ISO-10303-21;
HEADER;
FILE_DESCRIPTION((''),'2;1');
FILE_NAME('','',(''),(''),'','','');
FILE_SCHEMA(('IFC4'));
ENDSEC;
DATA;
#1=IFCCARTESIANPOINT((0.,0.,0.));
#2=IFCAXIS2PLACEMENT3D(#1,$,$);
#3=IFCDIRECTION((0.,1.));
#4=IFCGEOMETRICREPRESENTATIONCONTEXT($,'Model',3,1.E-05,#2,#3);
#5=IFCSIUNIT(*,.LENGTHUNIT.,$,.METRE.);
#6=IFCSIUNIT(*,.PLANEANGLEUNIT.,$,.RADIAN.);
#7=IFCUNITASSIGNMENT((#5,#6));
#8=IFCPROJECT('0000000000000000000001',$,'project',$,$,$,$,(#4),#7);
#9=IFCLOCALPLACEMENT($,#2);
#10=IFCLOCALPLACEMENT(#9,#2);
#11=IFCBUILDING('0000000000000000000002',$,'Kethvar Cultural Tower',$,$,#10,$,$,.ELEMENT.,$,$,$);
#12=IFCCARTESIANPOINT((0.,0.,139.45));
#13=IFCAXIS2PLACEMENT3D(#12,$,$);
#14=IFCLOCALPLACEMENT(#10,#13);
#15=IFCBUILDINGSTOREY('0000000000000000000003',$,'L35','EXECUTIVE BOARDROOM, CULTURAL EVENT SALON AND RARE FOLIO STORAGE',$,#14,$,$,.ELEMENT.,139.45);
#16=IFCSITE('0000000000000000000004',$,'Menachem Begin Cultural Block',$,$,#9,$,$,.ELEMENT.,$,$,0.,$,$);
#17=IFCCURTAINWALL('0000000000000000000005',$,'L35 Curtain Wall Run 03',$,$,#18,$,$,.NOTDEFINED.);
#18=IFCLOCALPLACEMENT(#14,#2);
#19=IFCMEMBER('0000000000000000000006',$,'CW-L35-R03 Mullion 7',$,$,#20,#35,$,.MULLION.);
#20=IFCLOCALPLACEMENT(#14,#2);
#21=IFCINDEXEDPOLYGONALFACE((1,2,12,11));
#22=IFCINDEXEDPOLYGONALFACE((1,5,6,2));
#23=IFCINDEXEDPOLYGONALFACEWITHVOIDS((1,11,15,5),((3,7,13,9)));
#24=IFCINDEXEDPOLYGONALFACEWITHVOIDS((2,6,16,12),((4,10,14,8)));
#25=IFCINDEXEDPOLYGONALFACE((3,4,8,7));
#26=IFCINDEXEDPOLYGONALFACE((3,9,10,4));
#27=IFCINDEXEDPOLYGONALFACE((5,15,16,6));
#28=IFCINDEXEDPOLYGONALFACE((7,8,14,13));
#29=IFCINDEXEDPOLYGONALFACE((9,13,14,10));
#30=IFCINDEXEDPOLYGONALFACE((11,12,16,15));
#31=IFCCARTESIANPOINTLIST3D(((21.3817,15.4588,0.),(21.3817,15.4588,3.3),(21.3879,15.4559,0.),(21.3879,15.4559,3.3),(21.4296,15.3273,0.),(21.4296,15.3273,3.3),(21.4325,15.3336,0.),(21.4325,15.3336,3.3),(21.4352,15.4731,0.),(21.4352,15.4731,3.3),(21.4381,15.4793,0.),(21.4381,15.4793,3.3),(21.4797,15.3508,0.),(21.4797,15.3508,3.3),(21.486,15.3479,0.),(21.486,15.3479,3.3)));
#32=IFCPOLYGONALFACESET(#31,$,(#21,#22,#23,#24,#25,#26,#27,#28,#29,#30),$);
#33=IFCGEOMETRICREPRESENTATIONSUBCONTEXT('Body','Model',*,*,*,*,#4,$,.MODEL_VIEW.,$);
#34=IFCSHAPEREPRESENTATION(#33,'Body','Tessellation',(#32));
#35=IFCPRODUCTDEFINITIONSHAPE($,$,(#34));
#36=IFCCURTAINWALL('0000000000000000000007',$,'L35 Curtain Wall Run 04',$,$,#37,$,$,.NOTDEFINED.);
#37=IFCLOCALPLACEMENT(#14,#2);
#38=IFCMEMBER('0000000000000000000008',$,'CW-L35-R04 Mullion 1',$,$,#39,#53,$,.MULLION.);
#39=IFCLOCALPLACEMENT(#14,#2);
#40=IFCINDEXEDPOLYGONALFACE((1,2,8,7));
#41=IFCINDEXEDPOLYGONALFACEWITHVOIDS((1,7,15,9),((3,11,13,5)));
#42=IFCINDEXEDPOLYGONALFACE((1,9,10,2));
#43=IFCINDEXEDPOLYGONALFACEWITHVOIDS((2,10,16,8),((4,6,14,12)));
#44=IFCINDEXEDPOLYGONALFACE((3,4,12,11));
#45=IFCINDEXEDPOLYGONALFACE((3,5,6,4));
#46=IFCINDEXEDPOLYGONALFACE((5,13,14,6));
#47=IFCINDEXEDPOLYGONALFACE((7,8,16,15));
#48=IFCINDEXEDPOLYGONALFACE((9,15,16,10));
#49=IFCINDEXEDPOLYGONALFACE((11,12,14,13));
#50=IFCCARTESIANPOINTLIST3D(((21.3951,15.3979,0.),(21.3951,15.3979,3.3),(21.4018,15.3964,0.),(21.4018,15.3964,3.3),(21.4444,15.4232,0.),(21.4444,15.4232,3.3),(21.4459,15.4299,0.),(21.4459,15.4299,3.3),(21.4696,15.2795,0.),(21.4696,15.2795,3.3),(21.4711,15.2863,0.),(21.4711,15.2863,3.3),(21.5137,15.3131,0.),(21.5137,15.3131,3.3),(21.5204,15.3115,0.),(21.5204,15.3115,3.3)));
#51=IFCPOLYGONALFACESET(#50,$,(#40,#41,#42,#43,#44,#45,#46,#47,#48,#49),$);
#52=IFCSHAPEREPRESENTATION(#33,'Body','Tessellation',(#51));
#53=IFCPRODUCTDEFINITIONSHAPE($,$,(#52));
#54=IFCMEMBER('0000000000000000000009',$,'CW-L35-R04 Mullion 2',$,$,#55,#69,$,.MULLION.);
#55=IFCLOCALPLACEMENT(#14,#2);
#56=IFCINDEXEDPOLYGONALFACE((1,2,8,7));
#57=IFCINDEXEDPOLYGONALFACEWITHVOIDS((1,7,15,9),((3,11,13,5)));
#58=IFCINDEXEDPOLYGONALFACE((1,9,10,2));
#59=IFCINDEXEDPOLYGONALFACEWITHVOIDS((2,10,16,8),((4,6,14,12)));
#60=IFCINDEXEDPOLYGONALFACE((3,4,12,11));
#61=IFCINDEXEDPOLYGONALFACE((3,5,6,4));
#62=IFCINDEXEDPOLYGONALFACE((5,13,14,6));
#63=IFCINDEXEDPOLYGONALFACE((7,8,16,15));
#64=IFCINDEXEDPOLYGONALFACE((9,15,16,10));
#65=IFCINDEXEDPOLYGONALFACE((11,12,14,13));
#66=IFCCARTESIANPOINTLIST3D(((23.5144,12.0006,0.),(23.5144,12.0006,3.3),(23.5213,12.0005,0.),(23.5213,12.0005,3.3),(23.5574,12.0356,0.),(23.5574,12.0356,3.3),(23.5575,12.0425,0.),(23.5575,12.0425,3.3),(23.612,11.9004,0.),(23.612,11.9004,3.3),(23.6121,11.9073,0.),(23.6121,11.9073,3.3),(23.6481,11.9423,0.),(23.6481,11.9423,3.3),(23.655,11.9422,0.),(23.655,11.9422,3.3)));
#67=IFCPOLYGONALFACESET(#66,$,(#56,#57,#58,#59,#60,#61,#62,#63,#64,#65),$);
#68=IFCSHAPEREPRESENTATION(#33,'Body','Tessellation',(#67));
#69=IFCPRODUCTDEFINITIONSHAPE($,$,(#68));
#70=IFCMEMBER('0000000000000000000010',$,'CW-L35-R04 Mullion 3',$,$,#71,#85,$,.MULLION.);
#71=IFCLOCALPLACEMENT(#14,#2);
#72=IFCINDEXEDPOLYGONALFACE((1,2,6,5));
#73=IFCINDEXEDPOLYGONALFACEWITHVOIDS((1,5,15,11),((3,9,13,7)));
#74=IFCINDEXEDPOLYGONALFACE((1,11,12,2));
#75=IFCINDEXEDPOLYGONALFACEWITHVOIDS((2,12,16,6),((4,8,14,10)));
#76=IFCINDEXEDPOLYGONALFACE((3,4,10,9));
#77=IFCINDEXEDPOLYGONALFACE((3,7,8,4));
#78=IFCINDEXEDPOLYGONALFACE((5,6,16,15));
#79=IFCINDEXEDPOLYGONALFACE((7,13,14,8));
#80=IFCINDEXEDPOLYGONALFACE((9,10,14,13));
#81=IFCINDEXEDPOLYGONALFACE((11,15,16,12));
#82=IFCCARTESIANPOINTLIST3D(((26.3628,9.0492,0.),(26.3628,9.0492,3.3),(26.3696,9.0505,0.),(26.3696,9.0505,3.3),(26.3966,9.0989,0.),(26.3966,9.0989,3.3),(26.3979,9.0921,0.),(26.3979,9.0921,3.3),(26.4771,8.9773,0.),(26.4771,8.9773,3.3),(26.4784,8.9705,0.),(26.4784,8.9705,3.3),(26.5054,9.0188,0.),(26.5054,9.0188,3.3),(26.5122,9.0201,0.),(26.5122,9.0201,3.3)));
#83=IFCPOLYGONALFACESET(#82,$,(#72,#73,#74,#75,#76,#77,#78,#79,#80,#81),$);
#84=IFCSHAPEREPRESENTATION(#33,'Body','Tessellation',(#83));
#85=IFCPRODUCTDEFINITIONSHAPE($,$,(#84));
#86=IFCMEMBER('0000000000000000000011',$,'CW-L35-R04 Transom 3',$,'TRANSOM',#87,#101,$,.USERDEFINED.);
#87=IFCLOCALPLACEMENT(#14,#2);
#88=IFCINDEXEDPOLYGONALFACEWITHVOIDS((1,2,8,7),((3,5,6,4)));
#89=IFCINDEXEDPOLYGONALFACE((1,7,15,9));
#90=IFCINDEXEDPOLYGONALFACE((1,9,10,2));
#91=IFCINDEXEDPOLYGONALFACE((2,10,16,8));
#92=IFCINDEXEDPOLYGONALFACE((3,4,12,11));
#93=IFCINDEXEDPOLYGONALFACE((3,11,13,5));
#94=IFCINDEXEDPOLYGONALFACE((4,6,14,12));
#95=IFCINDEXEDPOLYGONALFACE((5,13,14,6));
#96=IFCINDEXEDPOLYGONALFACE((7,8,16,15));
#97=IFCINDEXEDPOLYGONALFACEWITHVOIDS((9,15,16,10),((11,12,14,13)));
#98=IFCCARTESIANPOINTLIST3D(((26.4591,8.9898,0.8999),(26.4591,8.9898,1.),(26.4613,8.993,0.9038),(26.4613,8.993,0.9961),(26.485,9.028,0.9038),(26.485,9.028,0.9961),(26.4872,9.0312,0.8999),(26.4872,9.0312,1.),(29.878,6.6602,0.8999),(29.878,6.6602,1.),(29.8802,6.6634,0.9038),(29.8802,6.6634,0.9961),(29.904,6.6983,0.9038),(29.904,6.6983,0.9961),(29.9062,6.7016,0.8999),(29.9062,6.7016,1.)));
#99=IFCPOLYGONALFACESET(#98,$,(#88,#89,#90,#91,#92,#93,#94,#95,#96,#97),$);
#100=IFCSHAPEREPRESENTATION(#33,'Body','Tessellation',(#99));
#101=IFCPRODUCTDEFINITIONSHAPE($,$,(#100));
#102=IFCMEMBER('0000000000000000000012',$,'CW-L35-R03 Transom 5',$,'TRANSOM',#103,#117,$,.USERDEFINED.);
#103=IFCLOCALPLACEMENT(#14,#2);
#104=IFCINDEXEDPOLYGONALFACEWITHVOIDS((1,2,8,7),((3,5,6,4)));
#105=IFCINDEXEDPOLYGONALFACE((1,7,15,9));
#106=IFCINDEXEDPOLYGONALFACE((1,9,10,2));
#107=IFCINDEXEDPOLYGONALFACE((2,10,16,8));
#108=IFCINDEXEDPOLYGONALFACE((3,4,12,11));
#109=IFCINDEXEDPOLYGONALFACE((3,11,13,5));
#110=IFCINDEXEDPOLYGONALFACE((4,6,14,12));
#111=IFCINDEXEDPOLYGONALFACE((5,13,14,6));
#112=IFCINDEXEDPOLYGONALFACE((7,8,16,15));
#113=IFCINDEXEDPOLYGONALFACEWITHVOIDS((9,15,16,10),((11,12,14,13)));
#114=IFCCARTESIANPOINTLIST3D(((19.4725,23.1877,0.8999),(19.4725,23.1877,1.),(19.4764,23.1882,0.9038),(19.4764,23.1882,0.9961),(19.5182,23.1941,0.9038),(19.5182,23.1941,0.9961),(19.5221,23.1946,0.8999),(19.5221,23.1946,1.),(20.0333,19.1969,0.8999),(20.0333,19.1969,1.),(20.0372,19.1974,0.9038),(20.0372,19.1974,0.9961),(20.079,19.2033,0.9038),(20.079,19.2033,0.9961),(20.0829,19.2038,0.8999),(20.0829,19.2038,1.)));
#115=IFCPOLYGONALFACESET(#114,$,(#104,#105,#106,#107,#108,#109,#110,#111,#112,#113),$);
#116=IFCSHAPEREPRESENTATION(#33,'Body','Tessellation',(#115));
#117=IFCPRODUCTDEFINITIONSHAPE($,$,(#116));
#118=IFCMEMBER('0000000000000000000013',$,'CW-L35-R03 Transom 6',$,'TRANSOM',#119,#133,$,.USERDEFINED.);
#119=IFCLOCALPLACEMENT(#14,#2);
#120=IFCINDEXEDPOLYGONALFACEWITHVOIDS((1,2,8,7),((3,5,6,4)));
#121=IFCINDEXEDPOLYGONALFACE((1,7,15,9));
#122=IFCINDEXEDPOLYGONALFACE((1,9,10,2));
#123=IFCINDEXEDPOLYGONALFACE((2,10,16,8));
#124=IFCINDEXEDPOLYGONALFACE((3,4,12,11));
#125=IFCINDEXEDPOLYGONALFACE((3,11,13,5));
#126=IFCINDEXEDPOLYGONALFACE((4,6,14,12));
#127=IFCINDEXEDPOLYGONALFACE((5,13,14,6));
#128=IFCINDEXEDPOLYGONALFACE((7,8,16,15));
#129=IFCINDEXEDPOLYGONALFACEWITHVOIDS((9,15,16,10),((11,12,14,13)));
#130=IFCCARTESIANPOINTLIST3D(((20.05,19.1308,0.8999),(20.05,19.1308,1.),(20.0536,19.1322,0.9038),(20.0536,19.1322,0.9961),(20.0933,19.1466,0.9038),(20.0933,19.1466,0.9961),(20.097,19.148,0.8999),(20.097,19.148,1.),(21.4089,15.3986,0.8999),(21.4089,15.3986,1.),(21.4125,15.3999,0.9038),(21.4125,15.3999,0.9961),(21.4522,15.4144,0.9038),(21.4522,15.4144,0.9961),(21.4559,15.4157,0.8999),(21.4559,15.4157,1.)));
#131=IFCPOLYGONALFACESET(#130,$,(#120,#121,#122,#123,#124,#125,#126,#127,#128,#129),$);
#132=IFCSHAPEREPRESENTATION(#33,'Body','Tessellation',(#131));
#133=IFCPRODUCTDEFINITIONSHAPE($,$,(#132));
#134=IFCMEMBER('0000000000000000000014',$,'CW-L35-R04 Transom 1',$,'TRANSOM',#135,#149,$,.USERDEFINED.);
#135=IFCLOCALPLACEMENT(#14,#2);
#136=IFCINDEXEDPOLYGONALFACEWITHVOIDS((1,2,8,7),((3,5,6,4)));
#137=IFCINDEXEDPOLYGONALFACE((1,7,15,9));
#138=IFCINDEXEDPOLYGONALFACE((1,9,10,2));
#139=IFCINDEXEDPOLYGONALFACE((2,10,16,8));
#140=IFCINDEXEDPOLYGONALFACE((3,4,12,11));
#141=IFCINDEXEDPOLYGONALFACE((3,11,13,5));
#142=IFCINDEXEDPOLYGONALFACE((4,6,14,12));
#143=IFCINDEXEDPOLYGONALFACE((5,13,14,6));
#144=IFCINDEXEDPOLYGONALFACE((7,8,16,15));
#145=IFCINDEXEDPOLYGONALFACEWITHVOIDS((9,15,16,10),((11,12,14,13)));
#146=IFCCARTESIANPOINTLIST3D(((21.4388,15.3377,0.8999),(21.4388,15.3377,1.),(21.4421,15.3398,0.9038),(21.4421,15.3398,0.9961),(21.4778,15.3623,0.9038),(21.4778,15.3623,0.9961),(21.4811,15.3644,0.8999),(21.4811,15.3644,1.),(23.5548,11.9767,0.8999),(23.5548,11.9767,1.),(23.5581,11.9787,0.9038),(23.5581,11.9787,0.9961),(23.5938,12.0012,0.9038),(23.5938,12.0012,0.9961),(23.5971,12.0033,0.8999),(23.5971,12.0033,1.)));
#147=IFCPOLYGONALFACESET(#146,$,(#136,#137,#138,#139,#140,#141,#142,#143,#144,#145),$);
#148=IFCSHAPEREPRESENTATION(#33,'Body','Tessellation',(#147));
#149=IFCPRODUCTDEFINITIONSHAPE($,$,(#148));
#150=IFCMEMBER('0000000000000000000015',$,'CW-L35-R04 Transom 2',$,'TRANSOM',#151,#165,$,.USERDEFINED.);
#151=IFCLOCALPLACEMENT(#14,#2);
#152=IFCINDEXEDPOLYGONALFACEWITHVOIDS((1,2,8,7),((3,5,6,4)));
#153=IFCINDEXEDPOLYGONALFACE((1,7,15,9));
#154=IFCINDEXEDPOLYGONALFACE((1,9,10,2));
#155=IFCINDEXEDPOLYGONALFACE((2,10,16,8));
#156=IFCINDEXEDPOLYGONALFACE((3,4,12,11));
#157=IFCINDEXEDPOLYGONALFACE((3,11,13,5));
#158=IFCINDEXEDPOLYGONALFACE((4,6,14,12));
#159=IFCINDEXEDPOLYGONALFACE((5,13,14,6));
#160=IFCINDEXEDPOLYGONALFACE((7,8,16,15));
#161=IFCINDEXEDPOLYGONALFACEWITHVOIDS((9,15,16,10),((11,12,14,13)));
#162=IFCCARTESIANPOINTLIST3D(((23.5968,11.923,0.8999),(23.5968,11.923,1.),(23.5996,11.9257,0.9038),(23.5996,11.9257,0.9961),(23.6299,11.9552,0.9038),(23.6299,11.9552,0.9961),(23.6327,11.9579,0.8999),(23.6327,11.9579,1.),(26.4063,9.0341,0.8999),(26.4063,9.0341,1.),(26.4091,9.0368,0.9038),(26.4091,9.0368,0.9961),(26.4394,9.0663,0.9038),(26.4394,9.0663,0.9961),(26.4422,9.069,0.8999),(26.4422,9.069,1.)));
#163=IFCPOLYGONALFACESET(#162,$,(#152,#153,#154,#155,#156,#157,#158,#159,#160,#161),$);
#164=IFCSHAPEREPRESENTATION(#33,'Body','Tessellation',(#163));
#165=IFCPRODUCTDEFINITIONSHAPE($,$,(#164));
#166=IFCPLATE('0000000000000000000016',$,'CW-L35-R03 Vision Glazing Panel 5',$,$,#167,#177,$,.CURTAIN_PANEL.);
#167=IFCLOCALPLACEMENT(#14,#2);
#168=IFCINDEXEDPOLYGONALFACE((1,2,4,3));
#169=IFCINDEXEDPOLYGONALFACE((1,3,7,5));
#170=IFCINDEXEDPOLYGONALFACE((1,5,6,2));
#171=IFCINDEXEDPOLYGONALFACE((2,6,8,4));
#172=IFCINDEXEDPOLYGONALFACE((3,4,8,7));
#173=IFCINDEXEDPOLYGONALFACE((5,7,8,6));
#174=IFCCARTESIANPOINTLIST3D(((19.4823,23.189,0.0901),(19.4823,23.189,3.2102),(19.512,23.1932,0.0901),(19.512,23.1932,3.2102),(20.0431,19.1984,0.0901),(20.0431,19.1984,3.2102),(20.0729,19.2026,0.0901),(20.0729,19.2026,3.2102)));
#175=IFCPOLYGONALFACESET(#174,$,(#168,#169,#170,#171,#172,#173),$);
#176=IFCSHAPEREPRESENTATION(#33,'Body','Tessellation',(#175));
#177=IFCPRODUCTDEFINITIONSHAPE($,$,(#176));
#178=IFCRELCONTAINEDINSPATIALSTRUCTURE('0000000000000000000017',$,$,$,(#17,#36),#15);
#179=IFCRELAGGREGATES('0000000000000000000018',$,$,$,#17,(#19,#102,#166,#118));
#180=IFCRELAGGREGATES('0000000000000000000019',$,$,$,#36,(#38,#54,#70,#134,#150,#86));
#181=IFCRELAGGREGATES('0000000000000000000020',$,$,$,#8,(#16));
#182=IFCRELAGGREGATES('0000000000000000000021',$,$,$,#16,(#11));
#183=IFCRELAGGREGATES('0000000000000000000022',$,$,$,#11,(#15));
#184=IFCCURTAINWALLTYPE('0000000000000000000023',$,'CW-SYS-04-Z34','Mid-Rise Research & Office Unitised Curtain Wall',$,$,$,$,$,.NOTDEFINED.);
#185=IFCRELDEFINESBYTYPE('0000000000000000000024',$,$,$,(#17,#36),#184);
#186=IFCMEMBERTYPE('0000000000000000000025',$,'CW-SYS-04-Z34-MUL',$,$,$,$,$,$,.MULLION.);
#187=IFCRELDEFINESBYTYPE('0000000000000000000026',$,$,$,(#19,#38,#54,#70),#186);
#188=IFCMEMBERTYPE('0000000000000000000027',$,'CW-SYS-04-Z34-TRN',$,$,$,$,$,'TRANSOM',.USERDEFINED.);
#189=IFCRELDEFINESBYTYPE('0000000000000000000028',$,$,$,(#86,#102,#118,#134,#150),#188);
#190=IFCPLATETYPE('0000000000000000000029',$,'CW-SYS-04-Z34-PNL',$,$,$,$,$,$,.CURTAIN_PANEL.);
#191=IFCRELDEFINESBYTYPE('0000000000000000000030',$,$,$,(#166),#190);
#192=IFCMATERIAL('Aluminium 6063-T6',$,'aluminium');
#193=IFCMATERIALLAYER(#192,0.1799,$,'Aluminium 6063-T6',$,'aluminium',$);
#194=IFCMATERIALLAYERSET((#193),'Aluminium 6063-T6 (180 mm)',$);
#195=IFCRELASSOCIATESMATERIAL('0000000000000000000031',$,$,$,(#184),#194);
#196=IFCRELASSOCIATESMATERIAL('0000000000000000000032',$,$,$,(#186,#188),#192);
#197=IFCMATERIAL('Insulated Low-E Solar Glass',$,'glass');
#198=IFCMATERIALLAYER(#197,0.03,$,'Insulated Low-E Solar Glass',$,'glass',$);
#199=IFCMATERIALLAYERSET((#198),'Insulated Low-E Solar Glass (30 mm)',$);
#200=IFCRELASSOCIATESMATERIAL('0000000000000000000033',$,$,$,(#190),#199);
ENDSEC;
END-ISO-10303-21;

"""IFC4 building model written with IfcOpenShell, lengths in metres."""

from ifc_helpers import new_model, si_unit, direction, frame, origin, origin_2d, place, context, subcontext, project, spatial, rectangle, hollow_rectangle, extrude, source, transform, mapped, material, layer, layer_set, material_profile, profile_set, type_object, element, aggregate, save


model = new_model("IFC4")

# Units and contexts
model_context = context("Model", 3, precision=1e-05, world=origin(), true_north=direction((0.0, 1.0)))
body_context = subcontext(model_context, "Body", "Model", "MODEL_VIEW")
ifc_project = project(units=[si_unit("LENGTHUNIT", "METRE"), si_unit("PLANEANGLEUNIT", "RADIAN")], contexts=[model_context])

# Site, building, storey
site_placement = place(None, origin())
site = spatial("IfcSite", under=ifc_project, at=site_placement, Name="Menachem Begin Cultural Block", CompositionType="ELEMENT", RefElevation=0.0)
building_placement = place(site_placement, origin())
building = spatial("IfcBuilding", under=site, at=building_placement, Name="Kethvar Cultural Tower", CompositionType="ELEMENT")
storey_placement = place(building_placement, frame((0.0, 0.0, 139.45)))
storey = spatial("IfcBuildingStorey", under=building, at=storey_placement, Name="L35", Description="EXECUTIVE BOARDROOM, CULTURAL EVENT SALON AND RARE FOLIO STORAGE", CompositionType="ELEMENT", Elevation=139.45)

# Curtain walls, members
ifc_material_1 = material(Name="Aluminium 6063-T6", Category="aluminium")
ifc_layer_1 = layer(ifc_material_1, 0.1799, Name="Aluminium 6063-T6", Category="aluminium")
ifc_layer_set_1 = layer_set([ifc_layer_1], Name="Aluminium 6063-T6 (180 mm)")
curtain_wall_type = type_object("IfcCurtainWallType", Name="CW-SYS-04-Z34", Description="Mid-Rise Research & Office Unitised Curtain Wall", PredefinedType="NOTDEFINED", material=ifc_layer_set_1)
curtain_wall_1_placement = place(storey_placement, origin())
curtain_wall_1 = element("IfcCurtainWall", 1, at=curtain_wall_1_placement, inside=storey, type_object=curtain_wall_type, Name="L35 Curtain Wall Run 03", PredefinedType="NOTDEFINED")
ifc_material_profile_1 = material_profile(ifc_material_1, hollow_rectangle(XDim=0.0601, YDim=0.1399, WallThickness=0.0049, at=origin_2d()), Name="Aluminium 6063-T6 — RHS140x60x5")
ifc_profile_set_1 = profile_set([ifc_material_profile_1], Name="Aluminium 6063-T6 — RHS140x60x5")
member_type_1 = type_object("IfcMemberType", Name="CW-SYS-04-Z34-MUL", PredefinedType="MULLION", material=ifc_profile_set_1)
shared_shape_1 = source(origin(), body_context, "Body", "SweptSolid", [
    extrude(hollow_rectangle(XDim=0.0601, YDim=0.1399, WallThickness=0.0049, at=origin_2d()), origin(), (0.0, 0.0, 1.0), 3.3),
])
member_1_placement = place(storey_placement, frame((21.4338, 15.4033, 0.0), z_axis=(0.0, 0.0, 1.0), x_axis=(0.939645, 0.342151, 0.0)))
member_1 = element("IfcMember", 2, at=member_1_placement, type_object=member_type_1, Name="CW-L35-R03 Mullion 7", PredefinedType="MULLION", context=body_context, shape_type="MappedRepresentation", body=[
    mapped(shared_shape_1, transform((0.0, 0.0, 0.0), scale=1.0)),
])
curtain_wall_2_placement = place(storey_placement, origin())
curtain_wall_2 = element("IfcCurtainWall", 3, at=curtain_wall_2_placement, inside=storey, type_object=curtain_wall_type, Name="L35 Curtain Wall Run 04", PredefinedType="NOTDEFINED")
member_2_placement = place(storey_placement, frame((21.4578, 15.3547, 0.0), z_axis=(0.0, 0.0, 1.0), x_axis=(0.846268, 0.532758, 0.0)))
member_2 = element("IfcMember", 4, at=member_2_placement, type_object=member_type_1, Name="CW-L35-R04 Mullion 1", PredefinedType="MULLION", context=body_context, shape_type="MappedRepresentation", body=[
    mapped(shared_shape_1, transform((0.0, 0.0, 0.0), scale=1.0)),
])
member_3_placement = place(storey_placement, frame((23.5847, 11.9714, 0.0), z_axis=(0.0, 0.0, 1.0), x_axis=(0.716898, 0.697178, 0.0)))
member_3 = element("IfcMember", 5, at=member_3_placement, type_object=member_type_1, Name="CW-L35-R04 Mullion 2", PredefinedType="MULLION", context=body_context, shape_type="MappedRepresentation", body=[
    mapped(shared_shape_1, transform((0.0, 0.0, 0.0), scale=1.0)),
])
member_4_placement = place(storey_placement, frame((26.4375, 9.0347, 0.0), z_axis=(0.0, 0.0, 1.0), x_axis=(0.563065, 0.826413, 0.0)))
member_4 = element("IfcMember", 6, at=member_4_placement, type_object=member_type_1, Name="CW-L35-R04 Mullion 3", PredefinedType="MULLION", context=body_context, shape_type="MappedRepresentation", body=[
    mapped(shared_shape_1, transform((0.0, 0.0, 0.0), scale=1.0)),
])
ifc_material_profile_2 = material_profile(ifc_material_1, hollow_rectangle(XDim=0.05, YDim=0.1001, WallThickness=0.0039, at=origin_2d()), Name="Aluminium 6063-T6 — RHS100x50x4")
ifc_profile_set_2 = profile_set([ifc_material_profile_2], Name="Aluminium 6063-T6 — RHS100x50x4")
member_type_2 = type_object("IfcMemberType", Name="CW-SYS-04-Z34-TRN", ElementType="TRANSOM", PredefinedType="USERDEFINED", material=ifc_profile_set_2)
shared_shape_2 = source(origin(), body_context, "Body", "SweptSolid", [
    extrude(hollow_rectangle(XDim=0.05, YDim=0.1001, WallThickness=0.0039, at=origin_2d()), origin(), (0.0, 0.0, 1.0), 4.1372),
])
member_5_placement = place(storey_placement, frame((26.4731, 9.0105, 0.95), z_axis=(0.826397, -0.563088, 0.0), x_axis=(0.563088, 0.826397, 0.0)))
member_5 = element("IfcMember", 7, at=member_5_placement, type_object=member_type_2, Name="CW-L35-R04 Transom 3", ObjectType="TRANSOM", PredefinedType="USERDEFINED", context=body_context, shape_type="MappedRepresentation", body=[
    mapped(shared_shape_2, transform((0.0, 0.0, 0.0), scale=1.0)),
])

# Members
shared_shape_3 = source(origin(), body_context, "Body", "SweptSolid", [
    extrude(hollow_rectangle(XDim=0.05, YDim=0.1001, WallThickness=0.0039, at=origin_2d()), origin(), (0.0, 0.0, 1.0), 4.03),
])
member_6_placement = place(storey_placement, frame((19.4973, 23.1912, 0.95), z_axis=(0.139156, -0.99027, 0.0), x_axis=(0.99027, 0.139156, 0.0)))
member_6 = element("IfcMember", 8, at=member_6_placement, type_object=member_type_2, Name="CW-L35-R03 Transom 5", ObjectType="TRANSOM", PredefinedType="USERDEFINED", context=body_context, shape_type="MappedRepresentation", body=[
    mapped(shared_shape_3, transform((0.0, 0.0, 0.0), scale=1.0)),
])
shared_shape_4 = source(origin(), body_context, "Body", "SweptSolid", [
    extrude(hollow_rectangle(XDim=0.05, YDim=0.1001, WallThickness=0.0039, at=origin_2d()), origin(), (0.0, 0.0, 1.0), 3.9719),
])
member_7_placement = place(storey_placement, frame((20.0735, 19.1394, 0.95), z_axis=(0.342128, -0.939653, 0.0), x_axis=(0.939653, 0.342128, 0.0)))
member_7 = element("IfcMember", 9, at=member_7_placement, type_object=member_type_2, Name="CW-L35-R03 Transom 6", ObjectType="TRANSOM", PredefinedType="USERDEFINED", context=body_context, shape_type="MappedRepresentation", body=[
    mapped(shared_shape_4, transform((0.0, 0.0, 0.0), scale=1.0)),
])
shared_shape_5 = source(origin(), body_context, "Body", "SweptSolid", [
    extrude(hollow_rectangle(XDim=0.05, YDim=0.1001, WallThickness=0.0039, at=origin_2d()), origin(), (0.0, 0.0, 1.0), 3.9717),
])
member_8_placement = place(storey_placement, frame((21.46, 15.3511, 0.95), z_axis=(0.532764, -0.846264, 0.0), x_axis=(0.846264, 0.532764, 0.0)))
member_8 = element("IfcMember", 10, at=member_8_placement, type_object=member_type_2, Name="CW-L35-R04 Transom 1", ObjectType="TRANSOM", PredefinedType="USERDEFINED", context=body_context, shape_type="MappedRepresentation", body=[
    mapped(shared_shape_5, transform((0.0, 0.0, 0.0), scale=1.0)),
])
shared_shape_6 = source(origin(), body_context, "Body", "SweptSolid", [
    extrude(hollow_rectangle(XDim=0.05, YDim=0.1001, WallThickness=0.0039, at=origin_2d()), origin(), (0.0, 0.0, 1.0), 4.0298),
])
member_9_placement = place(storey_placement, frame((23.6147, 11.9404, 0.95), z_axis=(0.697193, -0.716883, 0.0), x_axis=(0.716883, 0.697193, 0.0)))
member_9 = element("IfcMember", 11, at=member_9_placement, type_object=member_type_2, Name="CW-L35-R04 Transom 2", ObjectType="TRANSOM", PredefinedType="USERDEFINED", context=body_context, shape_type="MappedRepresentation", body=[
    mapped(shared_shape_6, transform((0.0, 0.0, 0.0), scale=1.0)),
])

# Plate
ifc_material_2 = material(Name="Insulated Low-E Solar Glass", Category="glass")
ifc_layer_2 = layer(ifc_material_2, 0.03, Name="Insulated Low-E Solar Glass", Category="glass")
ifc_layer_set_2 = layer_set([ifc_layer_2], Name="Insulated Low-E Solar Glass (30 mm)")
plate_type = type_object("IfcPlateType", Name="CW-SYS-04-Z34-PNL", PredefinedType="CURTAIN_PANEL", material=ifc_layer_set_2)
shared_shape_7 = source(origin(), body_context, "Body", "SweptSolid", [
    extrude(rectangle(XDim=4.0298, YDim=0.03, at=origin_2d()), origin(), (0.0, 0.0, 1.0), 3.1201),
])
plate_1_placement = place(storey_placement, frame((19.7776, 21.1958, 0.0901), z_axis=(0.0, 0.0, 1.0), x_axis=(0.139173, -0.990268, 0.0)))
plate_1 = element("IfcPlate", 12, at=plate_1_placement, type_object=plate_type, Name="CW-L35-R03 Vision Glazing Panel 5", PredefinedType="CURTAIN_PANEL", context=body_context, shape_type="MappedRepresentation", body=[
    mapped(shared_shape_7, transform((0.0, 0.0, 0.0), scale=1.0)),
])
aggregate(curtain_wall_1, [member_1, member_6, plate_1, member_7])
aggregate(curtain_wall_2, [member_2, member_3, member_4, member_8, member_9, member_5])

save(model, "model.ifc")
